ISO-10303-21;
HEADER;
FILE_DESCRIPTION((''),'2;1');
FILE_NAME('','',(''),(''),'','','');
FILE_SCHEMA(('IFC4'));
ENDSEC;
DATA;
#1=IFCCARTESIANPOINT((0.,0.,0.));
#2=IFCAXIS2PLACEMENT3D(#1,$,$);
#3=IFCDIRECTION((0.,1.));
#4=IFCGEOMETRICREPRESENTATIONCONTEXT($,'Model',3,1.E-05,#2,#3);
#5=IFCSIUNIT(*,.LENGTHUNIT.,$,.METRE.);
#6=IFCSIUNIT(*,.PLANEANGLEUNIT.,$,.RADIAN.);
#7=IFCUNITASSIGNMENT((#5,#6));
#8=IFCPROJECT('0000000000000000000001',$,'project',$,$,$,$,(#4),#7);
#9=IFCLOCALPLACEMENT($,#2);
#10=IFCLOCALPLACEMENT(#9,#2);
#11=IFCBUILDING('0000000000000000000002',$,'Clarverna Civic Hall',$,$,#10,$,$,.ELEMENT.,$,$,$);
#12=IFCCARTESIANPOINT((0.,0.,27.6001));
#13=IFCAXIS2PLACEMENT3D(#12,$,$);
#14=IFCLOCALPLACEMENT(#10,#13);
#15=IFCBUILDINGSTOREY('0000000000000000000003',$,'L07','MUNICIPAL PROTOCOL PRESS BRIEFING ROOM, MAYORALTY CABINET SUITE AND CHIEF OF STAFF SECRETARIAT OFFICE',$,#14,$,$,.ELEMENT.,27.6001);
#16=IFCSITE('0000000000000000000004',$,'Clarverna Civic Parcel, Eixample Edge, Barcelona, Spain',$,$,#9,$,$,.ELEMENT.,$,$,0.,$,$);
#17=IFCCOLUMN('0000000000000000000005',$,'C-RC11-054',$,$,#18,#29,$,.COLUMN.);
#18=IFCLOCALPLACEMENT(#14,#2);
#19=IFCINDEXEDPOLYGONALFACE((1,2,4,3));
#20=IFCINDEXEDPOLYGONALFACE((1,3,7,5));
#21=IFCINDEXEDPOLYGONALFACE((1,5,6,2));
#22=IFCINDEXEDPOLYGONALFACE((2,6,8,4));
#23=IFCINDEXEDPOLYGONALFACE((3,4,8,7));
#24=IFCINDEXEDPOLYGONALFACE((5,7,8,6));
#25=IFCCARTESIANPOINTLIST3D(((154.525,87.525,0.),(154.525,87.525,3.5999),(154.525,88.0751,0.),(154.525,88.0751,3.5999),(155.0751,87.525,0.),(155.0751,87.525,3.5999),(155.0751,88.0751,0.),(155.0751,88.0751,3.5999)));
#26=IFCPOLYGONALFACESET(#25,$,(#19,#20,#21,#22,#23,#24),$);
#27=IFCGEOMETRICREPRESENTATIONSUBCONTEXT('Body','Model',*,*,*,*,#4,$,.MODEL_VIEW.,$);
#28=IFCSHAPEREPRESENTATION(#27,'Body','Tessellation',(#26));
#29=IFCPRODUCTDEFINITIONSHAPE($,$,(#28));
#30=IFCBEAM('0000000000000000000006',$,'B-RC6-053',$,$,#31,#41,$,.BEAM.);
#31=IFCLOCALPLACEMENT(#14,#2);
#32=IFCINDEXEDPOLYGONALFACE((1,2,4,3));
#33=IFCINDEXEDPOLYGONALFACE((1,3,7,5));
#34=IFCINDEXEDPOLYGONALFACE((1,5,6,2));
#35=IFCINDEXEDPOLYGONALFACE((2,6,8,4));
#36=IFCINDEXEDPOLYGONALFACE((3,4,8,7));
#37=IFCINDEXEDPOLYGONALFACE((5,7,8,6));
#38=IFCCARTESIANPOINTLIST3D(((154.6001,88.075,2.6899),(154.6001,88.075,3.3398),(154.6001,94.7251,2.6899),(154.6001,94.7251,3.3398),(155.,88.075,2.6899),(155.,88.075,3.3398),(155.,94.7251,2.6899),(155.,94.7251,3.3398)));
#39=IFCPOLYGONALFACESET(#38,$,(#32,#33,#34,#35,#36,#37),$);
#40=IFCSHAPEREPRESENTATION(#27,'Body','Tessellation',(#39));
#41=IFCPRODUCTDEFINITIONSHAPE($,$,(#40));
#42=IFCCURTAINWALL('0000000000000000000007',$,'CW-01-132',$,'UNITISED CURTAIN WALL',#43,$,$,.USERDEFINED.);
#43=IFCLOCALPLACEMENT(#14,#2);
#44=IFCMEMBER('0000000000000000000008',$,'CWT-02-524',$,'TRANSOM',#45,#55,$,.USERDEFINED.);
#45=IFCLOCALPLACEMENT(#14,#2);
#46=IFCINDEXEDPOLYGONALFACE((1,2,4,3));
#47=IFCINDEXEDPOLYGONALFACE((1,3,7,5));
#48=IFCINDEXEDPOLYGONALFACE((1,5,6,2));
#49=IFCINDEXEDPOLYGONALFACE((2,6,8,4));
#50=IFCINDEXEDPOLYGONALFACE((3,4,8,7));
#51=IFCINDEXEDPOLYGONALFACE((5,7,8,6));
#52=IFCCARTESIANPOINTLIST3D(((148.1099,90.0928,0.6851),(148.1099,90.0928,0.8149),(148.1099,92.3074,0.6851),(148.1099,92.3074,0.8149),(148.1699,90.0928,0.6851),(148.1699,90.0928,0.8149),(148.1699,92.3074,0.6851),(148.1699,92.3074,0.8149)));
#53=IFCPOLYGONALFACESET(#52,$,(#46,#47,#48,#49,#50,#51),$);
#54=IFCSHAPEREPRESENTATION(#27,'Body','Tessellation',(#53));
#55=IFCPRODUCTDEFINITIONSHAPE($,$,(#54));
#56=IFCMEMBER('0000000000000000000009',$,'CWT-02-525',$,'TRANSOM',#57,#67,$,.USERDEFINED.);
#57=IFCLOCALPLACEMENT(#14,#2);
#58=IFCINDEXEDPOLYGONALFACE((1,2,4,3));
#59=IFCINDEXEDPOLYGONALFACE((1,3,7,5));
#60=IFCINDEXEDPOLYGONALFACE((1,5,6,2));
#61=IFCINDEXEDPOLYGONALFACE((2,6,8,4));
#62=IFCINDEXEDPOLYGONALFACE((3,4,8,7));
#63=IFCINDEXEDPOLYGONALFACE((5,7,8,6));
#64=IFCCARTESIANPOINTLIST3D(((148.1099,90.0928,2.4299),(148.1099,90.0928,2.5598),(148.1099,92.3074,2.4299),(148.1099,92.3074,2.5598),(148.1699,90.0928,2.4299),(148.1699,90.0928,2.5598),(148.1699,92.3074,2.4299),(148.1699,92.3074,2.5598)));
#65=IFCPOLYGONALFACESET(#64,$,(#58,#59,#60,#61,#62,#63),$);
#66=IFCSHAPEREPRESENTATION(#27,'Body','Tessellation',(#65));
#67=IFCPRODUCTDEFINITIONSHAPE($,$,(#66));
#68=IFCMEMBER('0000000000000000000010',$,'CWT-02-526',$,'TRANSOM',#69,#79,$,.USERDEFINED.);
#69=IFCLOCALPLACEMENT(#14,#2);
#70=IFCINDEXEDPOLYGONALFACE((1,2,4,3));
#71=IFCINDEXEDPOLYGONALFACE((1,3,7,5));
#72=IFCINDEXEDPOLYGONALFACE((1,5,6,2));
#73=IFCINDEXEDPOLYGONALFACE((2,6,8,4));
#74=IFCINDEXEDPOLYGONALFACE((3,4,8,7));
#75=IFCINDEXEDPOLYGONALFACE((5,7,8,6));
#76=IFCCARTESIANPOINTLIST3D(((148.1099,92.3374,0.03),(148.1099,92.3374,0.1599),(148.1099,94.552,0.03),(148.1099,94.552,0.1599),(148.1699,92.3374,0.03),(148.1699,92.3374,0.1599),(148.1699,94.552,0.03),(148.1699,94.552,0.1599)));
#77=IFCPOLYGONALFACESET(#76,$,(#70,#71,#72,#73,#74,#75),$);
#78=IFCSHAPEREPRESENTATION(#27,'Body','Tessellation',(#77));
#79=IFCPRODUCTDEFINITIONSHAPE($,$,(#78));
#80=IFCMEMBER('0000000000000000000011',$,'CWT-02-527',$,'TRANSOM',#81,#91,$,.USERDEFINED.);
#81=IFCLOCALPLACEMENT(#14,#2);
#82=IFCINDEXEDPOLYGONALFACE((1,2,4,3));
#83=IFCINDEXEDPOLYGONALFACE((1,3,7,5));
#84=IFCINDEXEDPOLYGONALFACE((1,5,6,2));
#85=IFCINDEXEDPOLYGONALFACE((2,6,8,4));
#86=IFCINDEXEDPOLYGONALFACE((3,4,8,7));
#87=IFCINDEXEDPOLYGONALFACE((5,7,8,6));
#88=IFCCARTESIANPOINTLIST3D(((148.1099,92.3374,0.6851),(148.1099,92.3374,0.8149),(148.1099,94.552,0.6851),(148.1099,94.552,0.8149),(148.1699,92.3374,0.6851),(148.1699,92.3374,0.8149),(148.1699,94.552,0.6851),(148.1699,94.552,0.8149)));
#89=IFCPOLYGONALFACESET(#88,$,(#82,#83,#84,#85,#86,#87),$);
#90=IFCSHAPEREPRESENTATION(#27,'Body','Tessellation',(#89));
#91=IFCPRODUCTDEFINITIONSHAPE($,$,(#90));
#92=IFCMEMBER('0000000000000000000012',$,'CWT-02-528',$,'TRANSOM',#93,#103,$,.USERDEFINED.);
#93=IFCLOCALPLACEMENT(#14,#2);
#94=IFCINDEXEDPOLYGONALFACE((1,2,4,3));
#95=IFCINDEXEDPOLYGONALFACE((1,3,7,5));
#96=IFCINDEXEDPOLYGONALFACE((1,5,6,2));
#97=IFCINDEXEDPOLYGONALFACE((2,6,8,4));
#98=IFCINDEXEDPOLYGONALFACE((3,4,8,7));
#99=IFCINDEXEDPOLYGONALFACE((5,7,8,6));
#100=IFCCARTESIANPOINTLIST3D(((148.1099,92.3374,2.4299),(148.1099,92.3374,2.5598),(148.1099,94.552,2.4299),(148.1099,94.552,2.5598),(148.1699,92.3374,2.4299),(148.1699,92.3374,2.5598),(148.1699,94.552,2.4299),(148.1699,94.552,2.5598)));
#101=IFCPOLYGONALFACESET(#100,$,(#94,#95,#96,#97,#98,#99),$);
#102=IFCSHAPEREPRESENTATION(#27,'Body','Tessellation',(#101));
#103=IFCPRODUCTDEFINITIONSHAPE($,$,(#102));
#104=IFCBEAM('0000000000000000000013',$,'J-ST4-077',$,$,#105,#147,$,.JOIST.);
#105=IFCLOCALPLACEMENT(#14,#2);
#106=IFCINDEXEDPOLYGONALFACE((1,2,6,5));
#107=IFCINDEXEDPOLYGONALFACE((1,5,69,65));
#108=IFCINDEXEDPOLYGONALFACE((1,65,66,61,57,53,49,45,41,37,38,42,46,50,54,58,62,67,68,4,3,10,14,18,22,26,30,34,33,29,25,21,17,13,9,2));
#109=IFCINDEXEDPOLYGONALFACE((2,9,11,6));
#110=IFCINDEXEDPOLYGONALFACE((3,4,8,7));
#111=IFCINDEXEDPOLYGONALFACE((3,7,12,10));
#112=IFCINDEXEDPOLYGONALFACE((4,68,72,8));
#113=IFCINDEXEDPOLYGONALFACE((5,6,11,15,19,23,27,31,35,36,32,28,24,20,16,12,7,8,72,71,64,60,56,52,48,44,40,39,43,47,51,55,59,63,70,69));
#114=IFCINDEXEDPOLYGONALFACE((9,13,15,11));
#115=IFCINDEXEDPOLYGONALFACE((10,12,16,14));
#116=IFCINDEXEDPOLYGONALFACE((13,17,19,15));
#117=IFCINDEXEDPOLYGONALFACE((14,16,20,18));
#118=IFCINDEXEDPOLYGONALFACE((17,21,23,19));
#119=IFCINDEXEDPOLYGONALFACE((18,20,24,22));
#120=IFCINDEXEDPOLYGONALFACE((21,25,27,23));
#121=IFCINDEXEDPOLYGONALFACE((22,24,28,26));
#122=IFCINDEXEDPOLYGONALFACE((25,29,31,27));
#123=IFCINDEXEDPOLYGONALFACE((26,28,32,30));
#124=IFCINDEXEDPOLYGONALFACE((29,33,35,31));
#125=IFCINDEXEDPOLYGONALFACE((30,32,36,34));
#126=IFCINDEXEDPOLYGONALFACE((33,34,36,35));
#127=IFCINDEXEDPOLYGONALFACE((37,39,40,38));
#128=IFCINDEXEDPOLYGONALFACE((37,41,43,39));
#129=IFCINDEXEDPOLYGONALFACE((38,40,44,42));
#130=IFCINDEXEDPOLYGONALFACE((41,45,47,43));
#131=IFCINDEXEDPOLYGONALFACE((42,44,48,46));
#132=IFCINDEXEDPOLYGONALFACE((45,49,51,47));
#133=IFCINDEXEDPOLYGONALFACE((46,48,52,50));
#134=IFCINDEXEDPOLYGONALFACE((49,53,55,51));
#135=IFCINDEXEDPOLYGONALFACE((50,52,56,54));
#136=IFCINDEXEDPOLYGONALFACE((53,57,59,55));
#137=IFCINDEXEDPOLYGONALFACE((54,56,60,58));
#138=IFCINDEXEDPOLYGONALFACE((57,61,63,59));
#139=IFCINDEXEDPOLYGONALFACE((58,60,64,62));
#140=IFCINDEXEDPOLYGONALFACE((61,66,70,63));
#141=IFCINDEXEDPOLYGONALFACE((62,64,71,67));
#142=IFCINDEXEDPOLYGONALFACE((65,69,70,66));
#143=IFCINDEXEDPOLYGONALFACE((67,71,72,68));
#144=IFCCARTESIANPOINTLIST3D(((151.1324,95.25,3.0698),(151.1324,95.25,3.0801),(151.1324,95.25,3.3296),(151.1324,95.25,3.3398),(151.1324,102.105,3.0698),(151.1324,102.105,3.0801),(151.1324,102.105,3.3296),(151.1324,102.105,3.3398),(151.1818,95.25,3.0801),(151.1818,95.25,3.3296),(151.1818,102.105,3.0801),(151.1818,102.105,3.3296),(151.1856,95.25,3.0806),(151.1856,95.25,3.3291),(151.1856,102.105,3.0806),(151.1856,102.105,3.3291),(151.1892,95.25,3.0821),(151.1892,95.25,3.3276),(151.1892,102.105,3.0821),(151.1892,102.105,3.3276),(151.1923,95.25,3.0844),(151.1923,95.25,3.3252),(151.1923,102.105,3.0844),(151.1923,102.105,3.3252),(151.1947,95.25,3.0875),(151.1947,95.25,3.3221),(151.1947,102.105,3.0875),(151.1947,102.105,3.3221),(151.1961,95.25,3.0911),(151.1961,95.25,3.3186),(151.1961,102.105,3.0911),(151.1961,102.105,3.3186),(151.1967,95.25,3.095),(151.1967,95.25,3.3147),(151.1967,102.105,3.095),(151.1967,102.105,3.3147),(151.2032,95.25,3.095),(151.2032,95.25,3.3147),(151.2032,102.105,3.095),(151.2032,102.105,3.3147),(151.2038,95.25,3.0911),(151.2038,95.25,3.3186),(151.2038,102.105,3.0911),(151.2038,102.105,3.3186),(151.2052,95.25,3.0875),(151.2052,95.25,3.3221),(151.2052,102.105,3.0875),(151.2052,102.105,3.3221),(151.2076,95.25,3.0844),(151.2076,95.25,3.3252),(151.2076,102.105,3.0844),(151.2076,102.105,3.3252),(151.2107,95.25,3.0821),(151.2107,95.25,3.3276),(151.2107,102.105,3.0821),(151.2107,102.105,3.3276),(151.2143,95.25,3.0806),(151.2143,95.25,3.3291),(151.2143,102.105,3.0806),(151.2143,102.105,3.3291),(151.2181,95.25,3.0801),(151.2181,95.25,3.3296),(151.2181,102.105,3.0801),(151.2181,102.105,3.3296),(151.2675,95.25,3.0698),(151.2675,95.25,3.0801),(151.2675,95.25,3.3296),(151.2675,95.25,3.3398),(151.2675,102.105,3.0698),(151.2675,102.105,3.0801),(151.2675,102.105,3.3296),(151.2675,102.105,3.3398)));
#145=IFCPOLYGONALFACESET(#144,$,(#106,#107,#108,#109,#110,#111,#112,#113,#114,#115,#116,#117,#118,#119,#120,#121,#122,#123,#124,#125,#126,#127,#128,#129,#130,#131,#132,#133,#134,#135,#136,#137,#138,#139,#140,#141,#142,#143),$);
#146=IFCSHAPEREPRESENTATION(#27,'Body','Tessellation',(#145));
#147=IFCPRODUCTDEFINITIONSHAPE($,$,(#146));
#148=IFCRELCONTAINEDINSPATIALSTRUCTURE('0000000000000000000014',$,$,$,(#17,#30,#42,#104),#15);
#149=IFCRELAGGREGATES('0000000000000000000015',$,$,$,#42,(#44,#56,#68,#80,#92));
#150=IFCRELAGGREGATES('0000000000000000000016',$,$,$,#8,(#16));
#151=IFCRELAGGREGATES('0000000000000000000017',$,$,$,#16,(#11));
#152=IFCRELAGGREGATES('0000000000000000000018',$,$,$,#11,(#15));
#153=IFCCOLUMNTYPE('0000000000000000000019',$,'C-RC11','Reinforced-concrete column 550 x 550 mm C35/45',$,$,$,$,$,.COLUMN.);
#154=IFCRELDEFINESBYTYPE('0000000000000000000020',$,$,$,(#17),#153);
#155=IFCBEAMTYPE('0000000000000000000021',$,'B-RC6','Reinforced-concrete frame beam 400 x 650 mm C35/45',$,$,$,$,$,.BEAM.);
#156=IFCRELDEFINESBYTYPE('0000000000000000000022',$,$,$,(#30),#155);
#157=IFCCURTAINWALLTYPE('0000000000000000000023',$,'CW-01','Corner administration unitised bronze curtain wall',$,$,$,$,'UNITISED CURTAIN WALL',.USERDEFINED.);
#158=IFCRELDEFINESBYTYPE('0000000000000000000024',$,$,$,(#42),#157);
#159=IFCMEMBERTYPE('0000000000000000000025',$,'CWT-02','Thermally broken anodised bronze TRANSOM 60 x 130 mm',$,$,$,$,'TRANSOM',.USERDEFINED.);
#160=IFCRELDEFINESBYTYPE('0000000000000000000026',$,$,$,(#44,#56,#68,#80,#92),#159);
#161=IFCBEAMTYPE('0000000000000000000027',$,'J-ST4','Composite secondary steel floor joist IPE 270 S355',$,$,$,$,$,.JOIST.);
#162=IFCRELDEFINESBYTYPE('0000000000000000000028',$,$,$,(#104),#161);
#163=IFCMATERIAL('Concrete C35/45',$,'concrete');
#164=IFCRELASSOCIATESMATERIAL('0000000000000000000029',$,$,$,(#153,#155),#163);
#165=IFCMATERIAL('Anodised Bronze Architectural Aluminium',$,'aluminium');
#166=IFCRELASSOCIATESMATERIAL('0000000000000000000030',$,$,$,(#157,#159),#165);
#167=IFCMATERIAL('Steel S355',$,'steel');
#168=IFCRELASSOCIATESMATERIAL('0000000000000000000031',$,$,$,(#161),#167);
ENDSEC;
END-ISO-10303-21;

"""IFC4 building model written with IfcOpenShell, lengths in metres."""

from ifc_helpers import new_model, si_unit, direction, frame, origin, origin_2d, place, context, subcontext, project, spatial, rectangle, i_section, extrude, material, material_profile, profile_set, type_object, element, aggregate, save


model = new_model("IFC4")

# Units and contexts
model_context = context("Model", 3, precision=1e-05, world=origin(), true_north=direction((0.0, 1.0)))
body_context = subcontext(model_context, "Body", "Model", "MODEL_VIEW")
ifc_project = project(units=[si_unit("LENGTHUNIT", "METRE"), si_unit("PLANEANGLEUNIT", "RADIAN")], contexts=[model_context])

# Site, building, storey
site_placement = place(None, origin())
site = spatial("IfcSite", under=ifc_project, at=site_placement, Name="Clarverna Civic Parcel, Eixample Edge, Barcelona, Spain", CompositionType="ELEMENT", RefElevation=0.0)
building_placement = place(site_placement, origin())
building = spatial("IfcBuilding", under=site, at=building_placement, Name="Clarverna Civic Hall", CompositionType="ELEMENT")
storey_placement = place(building_placement, frame((0.0, 0.0, 27.6001)))
storey = spatial("IfcBuildingStorey", under=building, at=storey_placement, Name="L07", Description="MUNICIPAL PROTOCOL PRESS BRIEFING ROOM, MAYORALTY CABINET SUITE AND CHIEF OF STAFF SECRETARIAT OFFICE", CompositionType="ELEMENT", Elevation=27.6001)

# Column
ifc_material_1 = material(Name="Concrete C35/45", Category="concrete")
ifc_material_profile_1 = material_profile(ifc_material_1, rectangle(XDim=0.55, YDim=0.55, at=origin_2d()), Name="RC 550x550")
ifc_profile_set_1 = profile_set([ifc_material_profile_1], Name="Concrete C35/45")
column_type = type_object("IfcColumnType", Name="C-RC11", Description="Reinforced-concrete column 550 x 550 mm C35/45", PredefinedType="COLUMN", material=ifc_profile_set_1)
column_placement = place(storey_placement, frame((154.8, 87.8, 0.0), z_axis=(0.0, 0.0, 1.0), x_axis=(1.0, 0.0, 0.0)))
element("IfcColumn", 1, at=column_placement, inside=storey, type_object=column_type, Name="C-RC11-054", PredefinedType="COLUMN", context=body_context, shape_type="SweptSolid", body=[
    extrude(rectangle(XDim=0.55, YDim=0.55, at=origin_2d()), origin(), (0.0, 0.0, 1.0), 3.5999),
])

# Beam
ifc_material_profile_2 = material_profile(ifc_material_1, rectangle(XDim=0.3999, YDim=0.6499, at=origin_2d()), Name="RC 400x650")
ifc_profile_set_2 = profile_set([ifc_material_profile_2], Name="Concrete C35/45")
beam_type_1 = type_object("IfcBeamType", Name="B-RC6", Description="Reinforced-concrete frame beam 400 x 650 mm C35/45", PredefinedType="BEAM", material=ifc_profile_set_2)
beam_1_placement = place(storey_placement, frame((154.8, 88.075, 3.0149), z_axis=(0.0, 1.0, 0.0), x_axis=(-1.0, 0.0, 0.0)))
element("IfcBeam", 2, at=beam_1_placement, inside=storey, type_object=beam_type_1, Name="B-RC6-053", PredefinedType="BEAM", context=body_context, shape_type="SweptSolid", body=[
    extrude(rectangle(XDim=0.3999, YDim=0.6499, at=origin_2d()), origin(), (0.0, 0.0, 1.0), 6.6501),
])

# Curtain wall, members
ifc_material_2 = material(Name="Anodised Bronze Architectural Aluminium", Category="aluminium")
curtain_wall_type = type_object("IfcCurtainWallType", Name="CW-01", Description="Corner administration unitised bronze curtain wall", ElementType="UNITISED CURTAIN WALL", PredefinedType="USERDEFINED", material=ifc_material_2)
curtain_wall_placement = place(storey_placement, origin())
curtain_wall = element("IfcCurtainWall", 3, at=curtain_wall_placement, inside=storey, type_object=curtain_wall_type, Name="CW-01-132", ObjectType="UNITISED CURTAIN WALL", PredefinedType="USERDEFINED")
ifc_material_profile_3 = material_profile(ifc_material_2, rectangle(XDim=0.0601, YDim=0.1299, at=origin_2d()), Name="BRONZE 60x130")
ifc_profile_set_3 = profile_set([ifc_material_profile_3], Name="Anodised Bronze Architectural Aluminium")
member_type = type_object("IfcMemberType", Name="CWT-02", Description="Thermally broken anodised bronze TRANSOM 60 x 130 mm", ElementType="TRANSOM", PredefinedType="USERDEFINED", material=ifc_profile_set_3)
member_1_placement = place(storey_placement, frame((148.1399, 90.0928, 0.75), z_axis=(0.0, 1.0, 0.0), x_axis=(-1.0, 0.0, 0.0)))
member_1 = element("IfcMember", 4, at=member_1_placement, type_object=member_type, Name="CWT-02-524", ObjectType="TRANSOM", PredefinedType="USERDEFINED", context=body_context, shape_type="SweptSolid", body=[
    extrude(rectangle(XDim=0.0601, YDim=0.1299, at=origin_2d()), origin(), (0.0, 0.0, 1.0), 2.2146),
])
member_2_placement = place(storey_placement, frame((148.1399, 90.0928, 2.4949), z_axis=(0.0, 1.0, 0.0), x_axis=(-1.0, 0.0, 0.0)))
member_2 = element("IfcMember", 5, at=member_2_placement, type_object=member_type, Name="CWT-02-525", ObjectType="TRANSOM", PredefinedType="USERDEFINED", context=body_context, shape_type="SweptSolid", body=[
    extrude(rectangle(XDim=0.0601, YDim=0.1299, at=origin_2d()), origin(), (0.0, 0.0, 1.0), 2.2146),
])
member_3_placement = place(storey_placement, frame((148.1399, 92.3374, 0.095), z_axis=(0.0, 1.0, 0.0), x_axis=(-1.0, 0.0, 0.0)))
member_3 = element("IfcMember", 6, at=member_3_placement, type_object=member_type, Name="CWT-02-526", ObjectType="TRANSOM", PredefinedType="USERDEFINED", context=body_context, shape_type="SweptSolid", body=[
    extrude(rectangle(XDim=0.0601, YDim=0.1299, at=origin_2d()), origin(), (0.0, 0.0, 1.0), 2.2146),
])
member_4_placement = place(storey_placement, frame((148.1399, 92.3374, 0.75), z_axis=(0.0, 1.0, 0.0), x_axis=(-1.0, 0.0, 0.0)))
member_4 = element("IfcMember", 7, at=member_4_placement, type_object=member_type, Name="CWT-02-527", ObjectType="TRANSOM", PredefinedType="USERDEFINED", context=body_context, shape_type="SweptSolid", body=[
    extrude(rectangle(XDim=0.0601, YDim=0.1299, at=origin_2d()), origin(), (0.0, 0.0, 1.0), 2.2146),
])
member_5_placement = place(storey_placement, frame((148.1399, 92.3374, 2.4949), z_axis=(0.0, 1.0, 0.0), x_axis=(-1.0, 0.0, 0.0)))
member_5 = element("IfcMember", 8, at=member_5_placement, type_object=member_type, Name="CWT-02-528", ObjectType="TRANSOM", PredefinedType="USERDEFINED", context=body_context, shape_type="SweptSolid", body=[
    extrude(rectangle(XDim=0.0601, YDim=0.1299, at=origin_2d()), origin(), (0.0, 0.0, 1.0), 2.2146),
])

# Beam
ifc_material_3 = material(Name="Steel S355", Category="steel")
ifc_material_profile_4 = material_profile(ifc_material_3, i_section(OverallWidth=0.135, OverallDepth=0.27, WebThickness=0.0066, FlangeThickness=0.0103, FilletRadius=0.0149, at=origin_2d()), Name="IPE 270")
ifc_profile_set_4 = profile_set([ifc_material_profile_4], Name="Steel S355")
beam_type_2 = type_object("IfcBeamType", Name="J-ST4", Description="Composite secondary steel floor joist IPE 270 S355", PredefinedType="JOIST", material=ifc_profile_set_4)
beam_2_placement = place(storey_placement, frame((151.2, 95.25, 3.2048), z_axis=(0.0, 1.0, 0.0), x_axis=(-1.0, 0.0, 0.0)))
element("IfcBeam", 9, at=beam_2_placement, inside=storey, type_object=beam_type_2, Name="J-ST4-077", PredefinedType="JOIST", context=body_context, shape_type="SweptSolid", body=[
    extrude(i_section(OverallWidth=0.135, OverallDepth=0.27, WebThickness=0.0066, FlangeThickness=0.0103, FilletRadius=0.0149, at=origin_2d()), origin(), (0.0, 0.0, 1.0), 6.855),
])

aggregate(curtain_wall, [member_1, member_2, member_3, member_4, member_5])

save(model, "model.ifc")
